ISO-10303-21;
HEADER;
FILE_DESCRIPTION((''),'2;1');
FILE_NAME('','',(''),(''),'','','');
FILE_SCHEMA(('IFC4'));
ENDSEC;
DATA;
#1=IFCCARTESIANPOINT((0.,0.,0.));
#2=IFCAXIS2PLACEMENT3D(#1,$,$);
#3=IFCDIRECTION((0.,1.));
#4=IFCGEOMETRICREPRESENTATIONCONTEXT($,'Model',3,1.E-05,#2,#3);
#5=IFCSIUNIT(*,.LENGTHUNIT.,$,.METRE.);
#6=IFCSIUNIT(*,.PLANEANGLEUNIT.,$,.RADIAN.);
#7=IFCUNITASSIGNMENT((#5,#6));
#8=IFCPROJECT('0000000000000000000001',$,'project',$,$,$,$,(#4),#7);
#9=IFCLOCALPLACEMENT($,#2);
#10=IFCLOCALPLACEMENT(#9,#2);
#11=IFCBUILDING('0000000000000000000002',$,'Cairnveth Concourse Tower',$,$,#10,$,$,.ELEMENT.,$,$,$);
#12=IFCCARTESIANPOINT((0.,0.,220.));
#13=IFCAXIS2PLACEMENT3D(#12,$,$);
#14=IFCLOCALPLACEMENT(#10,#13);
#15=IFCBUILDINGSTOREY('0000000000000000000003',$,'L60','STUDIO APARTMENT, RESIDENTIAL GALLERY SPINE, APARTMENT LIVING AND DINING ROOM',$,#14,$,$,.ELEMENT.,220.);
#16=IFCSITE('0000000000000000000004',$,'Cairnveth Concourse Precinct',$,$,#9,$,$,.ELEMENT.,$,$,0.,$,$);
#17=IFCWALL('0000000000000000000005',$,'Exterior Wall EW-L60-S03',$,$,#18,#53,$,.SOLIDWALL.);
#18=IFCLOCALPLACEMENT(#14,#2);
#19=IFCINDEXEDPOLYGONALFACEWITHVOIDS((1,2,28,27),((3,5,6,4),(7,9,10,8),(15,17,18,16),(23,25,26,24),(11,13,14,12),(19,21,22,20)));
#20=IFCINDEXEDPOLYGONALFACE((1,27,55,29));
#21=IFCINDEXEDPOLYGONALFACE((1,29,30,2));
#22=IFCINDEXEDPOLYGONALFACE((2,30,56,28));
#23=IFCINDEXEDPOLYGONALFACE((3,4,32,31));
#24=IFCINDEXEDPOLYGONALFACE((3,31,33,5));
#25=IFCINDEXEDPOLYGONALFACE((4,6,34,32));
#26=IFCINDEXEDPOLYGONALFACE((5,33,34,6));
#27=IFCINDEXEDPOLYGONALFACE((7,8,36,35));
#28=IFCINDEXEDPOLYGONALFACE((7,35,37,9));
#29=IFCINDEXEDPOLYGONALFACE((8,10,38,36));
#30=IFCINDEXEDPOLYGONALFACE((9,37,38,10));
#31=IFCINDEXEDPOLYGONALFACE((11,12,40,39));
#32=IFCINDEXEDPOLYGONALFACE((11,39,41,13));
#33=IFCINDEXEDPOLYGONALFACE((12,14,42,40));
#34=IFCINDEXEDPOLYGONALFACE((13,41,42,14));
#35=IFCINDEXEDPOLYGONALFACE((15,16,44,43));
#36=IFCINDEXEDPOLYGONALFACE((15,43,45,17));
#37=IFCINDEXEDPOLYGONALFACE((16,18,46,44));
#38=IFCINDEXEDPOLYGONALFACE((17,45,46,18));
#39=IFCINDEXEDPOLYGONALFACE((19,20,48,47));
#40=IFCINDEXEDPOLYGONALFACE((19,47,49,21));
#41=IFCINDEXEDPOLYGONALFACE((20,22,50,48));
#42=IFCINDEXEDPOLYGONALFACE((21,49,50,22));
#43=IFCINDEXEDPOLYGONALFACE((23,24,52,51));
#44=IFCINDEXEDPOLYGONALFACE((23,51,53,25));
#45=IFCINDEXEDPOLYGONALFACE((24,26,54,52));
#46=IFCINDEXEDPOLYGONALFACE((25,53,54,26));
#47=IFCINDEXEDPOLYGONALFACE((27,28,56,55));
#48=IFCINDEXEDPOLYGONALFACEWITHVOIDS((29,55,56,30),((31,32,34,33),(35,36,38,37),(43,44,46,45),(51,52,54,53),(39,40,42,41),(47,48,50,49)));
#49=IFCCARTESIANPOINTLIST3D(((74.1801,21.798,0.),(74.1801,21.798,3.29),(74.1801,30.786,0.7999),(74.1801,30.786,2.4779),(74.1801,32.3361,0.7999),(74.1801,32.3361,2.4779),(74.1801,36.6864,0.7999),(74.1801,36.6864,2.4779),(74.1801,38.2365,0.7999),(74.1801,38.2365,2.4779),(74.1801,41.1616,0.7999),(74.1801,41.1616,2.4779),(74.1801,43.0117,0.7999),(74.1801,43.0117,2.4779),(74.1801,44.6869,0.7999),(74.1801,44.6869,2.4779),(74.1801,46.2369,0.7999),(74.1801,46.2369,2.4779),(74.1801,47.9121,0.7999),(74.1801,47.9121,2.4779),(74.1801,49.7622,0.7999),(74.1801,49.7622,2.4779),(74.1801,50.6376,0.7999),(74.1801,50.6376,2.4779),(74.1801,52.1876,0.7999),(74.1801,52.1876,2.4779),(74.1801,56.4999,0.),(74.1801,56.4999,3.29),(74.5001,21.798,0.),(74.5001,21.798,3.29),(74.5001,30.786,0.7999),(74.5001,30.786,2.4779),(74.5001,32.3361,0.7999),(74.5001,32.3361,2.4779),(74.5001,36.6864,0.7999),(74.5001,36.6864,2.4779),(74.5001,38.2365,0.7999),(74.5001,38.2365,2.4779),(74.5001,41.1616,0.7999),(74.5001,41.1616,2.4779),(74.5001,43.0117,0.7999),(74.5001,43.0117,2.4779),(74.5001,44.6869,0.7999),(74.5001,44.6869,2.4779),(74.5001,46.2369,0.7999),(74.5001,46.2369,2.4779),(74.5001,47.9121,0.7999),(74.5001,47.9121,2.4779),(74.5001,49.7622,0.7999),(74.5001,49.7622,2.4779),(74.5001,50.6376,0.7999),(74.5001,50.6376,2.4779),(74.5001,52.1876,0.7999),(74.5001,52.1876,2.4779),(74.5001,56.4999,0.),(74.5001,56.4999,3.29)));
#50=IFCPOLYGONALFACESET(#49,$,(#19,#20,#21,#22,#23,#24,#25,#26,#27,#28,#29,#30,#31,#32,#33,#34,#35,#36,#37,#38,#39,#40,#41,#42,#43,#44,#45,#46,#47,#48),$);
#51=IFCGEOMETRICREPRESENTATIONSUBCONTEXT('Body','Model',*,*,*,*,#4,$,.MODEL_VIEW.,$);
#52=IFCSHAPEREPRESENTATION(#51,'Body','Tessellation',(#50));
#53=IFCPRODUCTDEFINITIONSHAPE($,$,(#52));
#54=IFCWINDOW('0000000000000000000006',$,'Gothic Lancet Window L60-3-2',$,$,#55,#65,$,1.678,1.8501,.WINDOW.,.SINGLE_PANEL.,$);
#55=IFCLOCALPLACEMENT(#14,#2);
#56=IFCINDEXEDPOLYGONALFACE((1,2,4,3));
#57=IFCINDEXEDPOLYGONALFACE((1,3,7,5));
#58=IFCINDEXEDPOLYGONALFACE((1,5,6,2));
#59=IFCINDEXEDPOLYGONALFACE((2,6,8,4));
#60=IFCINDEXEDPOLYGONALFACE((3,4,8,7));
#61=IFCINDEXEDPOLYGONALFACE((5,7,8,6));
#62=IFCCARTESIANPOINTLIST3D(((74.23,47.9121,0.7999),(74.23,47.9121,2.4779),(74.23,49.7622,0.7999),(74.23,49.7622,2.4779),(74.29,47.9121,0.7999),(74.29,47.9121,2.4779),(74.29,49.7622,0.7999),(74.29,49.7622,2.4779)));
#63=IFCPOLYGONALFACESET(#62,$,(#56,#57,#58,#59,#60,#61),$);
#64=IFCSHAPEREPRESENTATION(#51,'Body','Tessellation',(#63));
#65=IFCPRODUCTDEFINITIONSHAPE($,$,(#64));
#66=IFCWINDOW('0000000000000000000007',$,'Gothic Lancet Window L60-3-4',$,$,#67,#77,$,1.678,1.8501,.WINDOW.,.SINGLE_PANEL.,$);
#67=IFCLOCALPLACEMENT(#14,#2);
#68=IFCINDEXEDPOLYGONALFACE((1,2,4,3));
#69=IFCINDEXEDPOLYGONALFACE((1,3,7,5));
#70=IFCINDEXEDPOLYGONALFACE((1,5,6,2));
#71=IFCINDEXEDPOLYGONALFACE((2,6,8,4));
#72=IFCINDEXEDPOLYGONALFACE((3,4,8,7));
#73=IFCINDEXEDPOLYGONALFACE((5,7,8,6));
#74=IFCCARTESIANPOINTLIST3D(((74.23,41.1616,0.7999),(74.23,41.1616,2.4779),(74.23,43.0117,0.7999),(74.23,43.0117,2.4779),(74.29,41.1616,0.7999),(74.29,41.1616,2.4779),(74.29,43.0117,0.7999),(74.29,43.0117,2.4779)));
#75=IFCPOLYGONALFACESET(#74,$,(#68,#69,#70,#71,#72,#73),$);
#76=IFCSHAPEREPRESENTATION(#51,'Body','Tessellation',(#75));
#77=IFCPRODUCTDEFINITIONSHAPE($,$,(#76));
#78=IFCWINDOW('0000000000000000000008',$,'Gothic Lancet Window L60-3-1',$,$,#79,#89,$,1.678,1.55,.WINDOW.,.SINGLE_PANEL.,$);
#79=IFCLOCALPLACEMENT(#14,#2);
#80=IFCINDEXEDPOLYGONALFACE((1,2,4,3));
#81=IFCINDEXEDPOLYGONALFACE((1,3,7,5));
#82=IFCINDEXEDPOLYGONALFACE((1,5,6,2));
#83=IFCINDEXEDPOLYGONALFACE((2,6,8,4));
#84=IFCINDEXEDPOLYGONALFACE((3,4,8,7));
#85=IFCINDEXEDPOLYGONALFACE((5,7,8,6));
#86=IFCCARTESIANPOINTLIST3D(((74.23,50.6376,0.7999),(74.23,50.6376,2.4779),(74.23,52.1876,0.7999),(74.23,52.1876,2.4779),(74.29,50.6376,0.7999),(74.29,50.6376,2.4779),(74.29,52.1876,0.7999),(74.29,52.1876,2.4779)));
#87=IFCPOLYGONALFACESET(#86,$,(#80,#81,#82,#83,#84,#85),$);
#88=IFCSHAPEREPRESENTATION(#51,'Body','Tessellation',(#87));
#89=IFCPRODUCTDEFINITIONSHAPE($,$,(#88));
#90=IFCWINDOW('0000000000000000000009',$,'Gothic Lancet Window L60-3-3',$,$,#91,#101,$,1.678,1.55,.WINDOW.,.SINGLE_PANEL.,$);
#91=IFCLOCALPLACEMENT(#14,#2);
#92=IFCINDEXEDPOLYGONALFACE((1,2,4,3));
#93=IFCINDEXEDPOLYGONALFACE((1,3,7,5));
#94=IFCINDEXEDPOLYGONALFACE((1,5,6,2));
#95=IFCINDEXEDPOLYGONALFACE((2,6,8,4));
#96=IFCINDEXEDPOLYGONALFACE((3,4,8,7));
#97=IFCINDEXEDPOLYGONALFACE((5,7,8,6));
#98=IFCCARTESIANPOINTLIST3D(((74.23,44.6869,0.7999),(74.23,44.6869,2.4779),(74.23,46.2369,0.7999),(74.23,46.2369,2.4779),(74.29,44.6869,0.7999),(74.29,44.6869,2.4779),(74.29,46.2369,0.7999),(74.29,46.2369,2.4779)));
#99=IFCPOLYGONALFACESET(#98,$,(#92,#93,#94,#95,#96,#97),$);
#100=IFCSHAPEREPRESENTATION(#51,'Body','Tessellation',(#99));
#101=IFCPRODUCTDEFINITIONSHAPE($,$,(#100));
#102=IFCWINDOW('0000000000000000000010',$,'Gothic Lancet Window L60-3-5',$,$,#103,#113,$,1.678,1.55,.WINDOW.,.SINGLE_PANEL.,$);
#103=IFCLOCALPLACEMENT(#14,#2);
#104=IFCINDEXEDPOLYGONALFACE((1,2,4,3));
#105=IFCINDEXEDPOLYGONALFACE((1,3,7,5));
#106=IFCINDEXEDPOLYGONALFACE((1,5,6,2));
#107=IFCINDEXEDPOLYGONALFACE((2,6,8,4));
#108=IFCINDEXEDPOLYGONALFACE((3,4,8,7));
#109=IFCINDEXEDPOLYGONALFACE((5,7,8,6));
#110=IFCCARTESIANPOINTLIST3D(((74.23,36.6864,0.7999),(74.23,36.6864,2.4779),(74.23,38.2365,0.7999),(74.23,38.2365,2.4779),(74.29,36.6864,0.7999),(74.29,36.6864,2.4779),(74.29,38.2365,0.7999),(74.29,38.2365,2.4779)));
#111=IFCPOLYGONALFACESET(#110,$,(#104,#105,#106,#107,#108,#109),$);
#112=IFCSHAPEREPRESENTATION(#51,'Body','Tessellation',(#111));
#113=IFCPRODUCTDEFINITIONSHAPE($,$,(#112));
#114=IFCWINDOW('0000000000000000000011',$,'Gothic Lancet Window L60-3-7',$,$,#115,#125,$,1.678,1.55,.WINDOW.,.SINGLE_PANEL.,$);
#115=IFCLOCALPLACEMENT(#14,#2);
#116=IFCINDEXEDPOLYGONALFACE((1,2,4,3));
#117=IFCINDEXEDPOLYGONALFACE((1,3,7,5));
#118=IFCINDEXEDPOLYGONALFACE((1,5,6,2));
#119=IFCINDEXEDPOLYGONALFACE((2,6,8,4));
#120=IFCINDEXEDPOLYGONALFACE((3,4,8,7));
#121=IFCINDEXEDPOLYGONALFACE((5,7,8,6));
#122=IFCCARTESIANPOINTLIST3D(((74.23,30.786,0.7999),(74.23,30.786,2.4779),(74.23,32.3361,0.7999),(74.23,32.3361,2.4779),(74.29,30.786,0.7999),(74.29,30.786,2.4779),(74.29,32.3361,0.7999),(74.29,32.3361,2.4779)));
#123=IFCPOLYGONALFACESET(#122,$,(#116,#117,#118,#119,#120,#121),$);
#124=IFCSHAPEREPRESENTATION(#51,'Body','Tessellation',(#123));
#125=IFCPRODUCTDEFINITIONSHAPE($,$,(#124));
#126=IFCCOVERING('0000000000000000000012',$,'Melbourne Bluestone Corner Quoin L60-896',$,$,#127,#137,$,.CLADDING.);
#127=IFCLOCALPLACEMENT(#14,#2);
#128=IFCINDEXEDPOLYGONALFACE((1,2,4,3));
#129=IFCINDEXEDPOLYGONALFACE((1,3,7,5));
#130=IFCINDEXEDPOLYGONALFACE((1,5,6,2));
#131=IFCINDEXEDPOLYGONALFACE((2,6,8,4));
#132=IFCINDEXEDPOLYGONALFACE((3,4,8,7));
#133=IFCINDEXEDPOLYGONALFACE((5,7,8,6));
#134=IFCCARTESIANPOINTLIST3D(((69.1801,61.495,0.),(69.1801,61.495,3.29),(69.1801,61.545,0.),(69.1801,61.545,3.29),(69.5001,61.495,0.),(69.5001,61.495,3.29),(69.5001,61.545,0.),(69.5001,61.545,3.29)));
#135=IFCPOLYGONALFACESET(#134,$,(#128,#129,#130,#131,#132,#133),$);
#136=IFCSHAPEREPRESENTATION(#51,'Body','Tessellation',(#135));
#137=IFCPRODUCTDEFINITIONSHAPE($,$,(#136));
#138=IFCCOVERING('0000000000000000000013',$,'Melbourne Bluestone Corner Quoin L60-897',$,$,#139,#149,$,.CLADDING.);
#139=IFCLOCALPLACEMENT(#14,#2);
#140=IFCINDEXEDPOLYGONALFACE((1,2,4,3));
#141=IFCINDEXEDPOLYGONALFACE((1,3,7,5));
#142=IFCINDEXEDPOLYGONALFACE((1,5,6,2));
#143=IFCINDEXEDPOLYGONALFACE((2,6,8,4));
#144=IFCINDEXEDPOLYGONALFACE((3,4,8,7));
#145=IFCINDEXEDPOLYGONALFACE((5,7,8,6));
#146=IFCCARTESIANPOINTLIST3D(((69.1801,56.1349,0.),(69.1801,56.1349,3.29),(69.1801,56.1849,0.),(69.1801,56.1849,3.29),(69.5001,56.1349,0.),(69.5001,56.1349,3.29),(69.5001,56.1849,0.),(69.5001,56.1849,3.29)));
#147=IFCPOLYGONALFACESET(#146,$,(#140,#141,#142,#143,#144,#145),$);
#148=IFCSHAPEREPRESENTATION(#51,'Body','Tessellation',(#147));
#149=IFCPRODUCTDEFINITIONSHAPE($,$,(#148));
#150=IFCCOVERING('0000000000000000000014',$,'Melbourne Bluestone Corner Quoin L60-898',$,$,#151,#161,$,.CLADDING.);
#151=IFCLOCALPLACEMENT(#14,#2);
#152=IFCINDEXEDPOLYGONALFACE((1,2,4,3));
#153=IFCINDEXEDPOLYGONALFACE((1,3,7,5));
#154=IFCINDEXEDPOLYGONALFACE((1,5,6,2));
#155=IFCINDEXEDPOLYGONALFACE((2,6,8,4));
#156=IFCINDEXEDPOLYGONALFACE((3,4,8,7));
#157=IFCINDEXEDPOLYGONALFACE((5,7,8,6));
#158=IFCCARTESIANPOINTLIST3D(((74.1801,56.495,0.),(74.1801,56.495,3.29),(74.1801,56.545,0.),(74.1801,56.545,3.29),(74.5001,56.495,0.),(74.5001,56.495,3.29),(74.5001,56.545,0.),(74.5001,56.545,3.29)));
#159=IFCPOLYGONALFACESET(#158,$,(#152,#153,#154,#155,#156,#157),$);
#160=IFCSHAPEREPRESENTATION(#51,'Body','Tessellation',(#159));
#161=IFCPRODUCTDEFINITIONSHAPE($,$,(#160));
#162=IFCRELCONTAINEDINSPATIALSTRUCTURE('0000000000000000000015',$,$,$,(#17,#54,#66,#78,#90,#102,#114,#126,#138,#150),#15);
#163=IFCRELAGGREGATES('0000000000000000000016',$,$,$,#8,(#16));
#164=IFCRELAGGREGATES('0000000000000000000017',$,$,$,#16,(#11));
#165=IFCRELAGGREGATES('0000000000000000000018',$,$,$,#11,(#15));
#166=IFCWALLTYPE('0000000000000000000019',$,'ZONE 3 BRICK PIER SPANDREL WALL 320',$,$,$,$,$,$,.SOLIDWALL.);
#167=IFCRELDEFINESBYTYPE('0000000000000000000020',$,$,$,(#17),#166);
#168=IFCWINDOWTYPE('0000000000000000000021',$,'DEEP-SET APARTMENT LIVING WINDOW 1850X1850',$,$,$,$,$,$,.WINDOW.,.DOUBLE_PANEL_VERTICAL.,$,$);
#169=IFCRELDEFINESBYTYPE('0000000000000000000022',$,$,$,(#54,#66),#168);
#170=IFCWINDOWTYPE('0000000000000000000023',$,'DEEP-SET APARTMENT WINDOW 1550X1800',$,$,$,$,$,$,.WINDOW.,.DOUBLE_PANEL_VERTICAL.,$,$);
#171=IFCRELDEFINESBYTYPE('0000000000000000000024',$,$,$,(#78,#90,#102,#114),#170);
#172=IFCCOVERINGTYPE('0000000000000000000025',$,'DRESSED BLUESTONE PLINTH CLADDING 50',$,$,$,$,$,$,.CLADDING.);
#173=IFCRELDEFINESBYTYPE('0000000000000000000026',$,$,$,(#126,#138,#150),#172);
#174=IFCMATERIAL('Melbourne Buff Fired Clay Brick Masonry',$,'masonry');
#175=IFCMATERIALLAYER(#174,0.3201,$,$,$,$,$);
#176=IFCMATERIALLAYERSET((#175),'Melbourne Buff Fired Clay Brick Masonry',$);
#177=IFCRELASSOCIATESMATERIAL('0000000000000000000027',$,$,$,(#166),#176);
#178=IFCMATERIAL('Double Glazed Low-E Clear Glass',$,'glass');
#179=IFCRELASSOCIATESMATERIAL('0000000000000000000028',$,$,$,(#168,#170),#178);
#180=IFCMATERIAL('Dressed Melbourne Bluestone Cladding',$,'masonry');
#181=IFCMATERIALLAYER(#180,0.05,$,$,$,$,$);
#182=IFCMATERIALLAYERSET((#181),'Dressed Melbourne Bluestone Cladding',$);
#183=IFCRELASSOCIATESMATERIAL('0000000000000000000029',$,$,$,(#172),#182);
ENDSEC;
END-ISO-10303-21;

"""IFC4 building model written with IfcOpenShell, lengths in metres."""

from ifc_helpers import new_model, si_unit, direction, frame, frame_2d, origin, place, context, subcontext, project, spatial, rectangle, extrude, material, layer, layer_set, type_object, element, fill, save


model = new_model("IFC4")

# Units and contexts
model_context = context("Model", 3, precision=1e-05, world=origin(), true_north=direction((0.0, 1.0)))
body_context = subcontext(model_context, "Body", "Model", "MODEL_VIEW")
ifc_project = project(units=[si_unit("LENGTHUNIT", "METRE"), si_unit("PLANEANGLEUNIT", "RADIAN")], contexts=[model_context])

# Site, building, storey
site_placement = place(None, origin())
site = spatial("IfcSite", under=ifc_project, at=site_placement, Name="Cairnveth Concourse Precinct", CompositionType="ELEMENT", RefElevation=0.0)
building_placement = place(site_placement, origin())
building = spatial("IfcBuilding", under=site, at=building_placement, Name="Cairnveth Concourse Tower", CompositionType="ELEMENT")
storey_placement = place(building_placement, frame((0.0, 0.0, 220.0)))
storey = spatial("IfcBuildingStorey", under=building, at=storey_placement, Name="L60", Description="STUDIO APARTMENT, RESIDENTIAL GALLERY SPINE, APARTMENT LIVING AND DINING ROOM", CompositionType="ELEMENT", Elevation=220.0)

# Shared definitions
ifc_material_1 = material(Name="Melbourne Buff Fired Clay Brick Masonry", Category="masonry")
ifc_layer_1 = layer(ifc_material_1, 0.3201)
ifc_layer_set_1 = layer_set([ifc_layer_1], Name="Melbourne Buff Fired Clay Brick Masonry")
wall_type = type_object("IfcWallType", Name="ZONE 3 BRICK PIER SPANDREL WALL 320", PredefinedType="SOLIDWALL", material=ifc_layer_set_1)
ifc_material_2 = material(Name="Double Glazed Low-E Clear Glass", Category="glass")

# Wall, openings, windows
wall_1_placement = place(storey_placement, frame((74.3401, 56.5, 0.0), z_axis=(0.0, 0.0, 1.0), x_axis=(0.0, -1.0, 0.0)))
wall_1 = element("IfcWall", 1, at=wall_1_placement, inside=storey, type_object=wall_type, Name="Exterior Wall EW-L60-S03", PredefinedType="SOLIDWALL", context=body_context, shape_type="SweptSolid", body=[
    extrude(rectangle(XDim=34.7019, YDim=0.3201, at=frame_2d((17.3511, 0.0))), origin(), (0.0, 0.0, 1.0), 3.29),
])
opening_1_placement = place(wall_1_placement, frame((4.3125, 0.0, 0.8)))
opening_1 = element("IfcOpeningElement", 2, at=opening_1_placement, cuts=wall_1, PredefinedType="OPENING", context=body_context, shape_type="SweptSolid", body=[
    extrude(rectangle(XDim=1.55, YDim=1.678, at=frame_2d((0.7749, 0.8389))), frame((0.0, 0.1699, 0.0), z_axis=(0.0, -1.0, 0.0), x_axis=(1.0, 0.0, 0.0)), (0.0, 0.0, 1.0), 0.3401),
])
opening_2_placement = place(wall_1_placement, frame((6.7378, 0.0, 0.8)))
opening_2 = element("IfcOpeningElement", 3, at=opening_2_placement, cuts=wall_1, PredefinedType="OPENING", context=body_context, shape_type="SweptSolid", body=[
    extrude(rectangle(XDim=1.8501, YDim=1.678, at=frame_2d((0.925, 0.8389))), frame((0.0, 0.1699, 0.0), z_axis=(0.0, -1.0, 0.0), x_axis=(1.0, 0.0, 0.0)), (0.0, 0.0, 1.0), 0.3401),
])
opening_3_placement = place(wall_1_placement, frame((10.2632, 0.0, 0.8)))
opening_3 = element("IfcOpeningElement", 4, at=opening_3_placement, cuts=wall_1, PredefinedType="OPENING", context=body_context, shape_type="SweptSolid", body=[
    extrude(rectangle(XDim=1.55, YDim=1.678, at=frame_2d((0.7749, 0.8389))), frame((0.0, 0.1699, 0.0), z_axis=(0.0, -1.0, 0.0), x_axis=(1.0, 0.0, 0.0)), (0.0, 0.0, 1.0), 0.3401),
])
opening_4_placement = place(wall_1_placement, frame((13.4883, 0.0, 0.8)))
opening_4 = element("IfcOpeningElement", 5, at=opening_4_placement, cuts=wall_1, PredefinedType="OPENING", context=body_context, shape_type="SweptSolid", body=[
    extrude(rectangle(XDim=1.8501, YDim=1.678, at=frame_2d((0.925, 0.8389))), frame((0.0, 0.1699, 0.0), z_axis=(0.0, -1.0, 0.0), x_axis=(1.0, 0.0, 0.0)), (0.0, 0.0, 1.0), 0.3401),
])
opening_5_placement = place(wall_1_placement, frame((18.2637, 0.0, 0.8)))
opening_5 = element("IfcOpeningElement", 6, at=opening_5_placement, cuts=wall_1, PredefinedType="OPENING", context=body_context, shape_type="SweptSolid", body=[
    extrude(rectangle(XDim=1.55, YDim=1.678, at=frame_2d((0.7749, 0.8389))), frame((0.0, 0.1699, 0.0), z_axis=(0.0, -1.0, 0.0), x_axis=(1.0, 0.0, 0.0)), (0.0, 0.0, 1.0), 0.3401),
])
opening_6_placement = place(wall_1_placement, frame((24.1641, 0.0, 0.8)))
opening_6 = element("IfcOpeningElement", 7, at=opening_6_placement, cuts=wall_1, PredefinedType="OPENING", context=body_context, shape_type="SweptSolid", body=[
    extrude(rectangle(XDim=1.55, YDim=1.678, at=frame_2d((0.7749, 0.8389))), frame((0.0, 0.1699, 0.0), z_axis=(0.0, -1.0, 0.0), x_axis=(1.0, 0.0, 0.0)), (0.0, 0.0, 1.0), 0.3401),
])
window_type_1 = type_object("IfcWindowType", Name="DEEP-SET APARTMENT LIVING WINDOW 1850X1850", PartitioningType="DOUBLE_PANEL_VERTICAL", PredefinedType="WINDOW", material=ifc_material_2)
window_1_placement = place(opening_2_placement, origin())
window_1 = element("IfcWindow", 8, at=window_1_placement, inside=storey, type_object=window_type_1, Name="Gothic Lancet Window L60-3-2", OverallHeight=1.678, OverallWidth=1.8501, PartitioningType="SINGLE_PANEL", PredefinedType="WINDOW", context=body_context, shape_type="SweptSolid", body=[
    extrude(rectangle(XDim=1.8501, YDim=1.678, at=frame_2d((0.925, 0.8389))), frame((0.0, -0.05, 0.0), z_axis=(0.0, -1.0, 0.0), x_axis=(1.0, 0.0, 0.0)), (0.0, 0.0, 1.0), 0.0601),
])
fill(opening_2, window_1)
window_2_placement = place(opening_4_placement, origin())
window_2 = element("IfcWindow", 9, at=window_2_placement, inside=storey, type_object=window_type_1, Name="Gothic Lancet Window L60-3-4", OverallHeight=1.678, OverallWidth=1.8501, PartitioningType="SINGLE_PANEL", PredefinedType="WINDOW", context=body_context, shape_type="SweptSolid", body=[
    extrude(rectangle(XDim=1.8501, YDim=1.678, at=frame_2d((0.925, 0.8389))), frame((0.0, -0.05, 0.0), z_axis=(0.0, -1.0, 0.0), x_axis=(1.0, 0.0, 0.0)), (0.0, 0.0, 1.0), 0.0601),
])
fill(opening_4, window_2)
window_type_2 = type_object("IfcWindowType", Name="DEEP-SET APARTMENT WINDOW 1550X1800", PartitioningType="DOUBLE_PANEL_VERTICAL", PredefinedType="WINDOW", material=ifc_material_2)
window_3_placement = place(opening_1_placement, origin())
window_3 = element("IfcWindow", 10, at=window_3_placement, inside=storey, type_object=window_type_2, Name="Gothic Lancet Window L60-3-1", OverallHeight=1.678, OverallWidth=1.55, PartitioningType="SINGLE_PANEL", PredefinedType="WINDOW", context=body_context, shape_type="SweptSolid", body=[
    extrude(rectangle(XDim=1.55, YDim=1.678, at=frame_2d((0.7749, 0.8389))), frame((0.0, -0.05, 0.0), z_axis=(0.0, -1.0, 0.0), x_axis=(1.0, 0.0, 0.0)), (0.0, 0.0, 1.0), 0.0601),
])
fill(opening_1, window_3)
window_4_placement = place(opening_3_placement, origin())
window_4 = element("IfcWindow", 11, at=window_4_placement, inside=storey, type_object=window_type_2, Name="Gothic Lancet Window L60-3-3", OverallHeight=1.678, OverallWidth=1.55, PartitioningType="SINGLE_PANEL", PredefinedType="WINDOW", context=body_context, shape_type="SweptSolid", body=[
    extrude(rectangle(XDim=1.55, YDim=1.678, at=frame_2d((0.7749, 0.8389))), frame((0.0, -0.05, 0.0), z_axis=(0.0, -1.0, 0.0), x_axis=(1.0, 0.0, 0.0)), (0.0, 0.0, 1.0), 0.0601),
])
fill(opening_3, window_4)
window_5_placement = place(opening_5_placement, origin())
window_5 = element("IfcWindow", 12, at=window_5_placement, inside=storey, type_object=window_type_2, Name="Gothic Lancet Window L60-3-5", OverallHeight=1.678, OverallWidth=1.55, PartitioningType="SINGLE_PANEL", PredefinedType="WINDOW", context=body_context, shape_type="SweptSolid", body=[
    extrude(rectangle(XDim=1.55, YDim=1.678, at=frame_2d((0.7749, 0.8389))), frame((0.0, -0.05, 0.0), z_axis=(0.0, -1.0, 0.0), x_axis=(1.0, 0.0, 0.0)), (0.0, 0.0, 1.0), 0.0601),
])
fill(opening_5, window_5)
window_6_placement = place(opening_6_placement, origin())
window_6 = element("IfcWindow", 13, at=window_6_placement, inside=storey, type_object=window_type_2, Name="Gothic Lancet Window L60-3-7", OverallHeight=1.678, OverallWidth=1.55, PartitioningType="SINGLE_PANEL", PredefinedType="WINDOW", context=body_context, shape_type="SweptSolid", body=[
    extrude(rectangle(XDim=1.55, YDim=1.678, at=frame_2d((0.7749, 0.8389))), frame((0.0, -0.05, 0.0), z_axis=(0.0, -1.0, 0.0), x_axis=(1.0, 0.0, 0.0)), (0.0, 0.0, 1.0), 0.0601),
])
fill(opening_6, window_6)

# Coverings
ifc_material_3 = material(Name="Dressed Melbourne Bluestone Cladding", Category="masonry")
ifc_layer_2 = layer(ifc_material_3, 0.05)
ifc_layer_set_2 = layer_set([ifc_layer_2], Name="Dressed Melbourne Bluestone Cladding")
covering_type = type_object("IfcCoveringType", Name="DRESSED BLUESTONE PLINTH CLADDING 50", PredefinedType="CLADDING", material=ifc_layer_set_2)
for number, where, z_axis, x_axis, name in (
    (14, (69.1799, 61.52, 0.0), (0.0, 0.0, 1.0), (1.0, 0.0, 0.0), "Melbourne Bluestone Corner Quoin L60-896"),
    (15, (69.1799, 56.1599, 0.0), (0.0, 0.0, 1.0), (1.0, 0.0, 0.0), "Melbourne Bluestone Corner Quoin L60-897"),
    (16, (74.1799, 56.52, 0.0), (0.0, 0.0, 1.0), (1.0, 0.0, 0.0), "Melbourne Bluestone Corner Quoin L60-898"),
):
    element("IfcCovering", number, at=place(storey_placement, frame(where, z_axis=z_axis, x_axis=x_axis)), inside=storey, type_object=covering_type, Name=name, PredefinedType="CLADDING", context=body_context, shape_type="SweptSolid", body=[
        extrude(rectangle(XDim=0.3201, YDim=0.05, at=frame_2d((0.1602, 0.0))), origin(), (0.0, 0.0, 1.0), 3.29),
    ])

save(model, "model.ifc")
